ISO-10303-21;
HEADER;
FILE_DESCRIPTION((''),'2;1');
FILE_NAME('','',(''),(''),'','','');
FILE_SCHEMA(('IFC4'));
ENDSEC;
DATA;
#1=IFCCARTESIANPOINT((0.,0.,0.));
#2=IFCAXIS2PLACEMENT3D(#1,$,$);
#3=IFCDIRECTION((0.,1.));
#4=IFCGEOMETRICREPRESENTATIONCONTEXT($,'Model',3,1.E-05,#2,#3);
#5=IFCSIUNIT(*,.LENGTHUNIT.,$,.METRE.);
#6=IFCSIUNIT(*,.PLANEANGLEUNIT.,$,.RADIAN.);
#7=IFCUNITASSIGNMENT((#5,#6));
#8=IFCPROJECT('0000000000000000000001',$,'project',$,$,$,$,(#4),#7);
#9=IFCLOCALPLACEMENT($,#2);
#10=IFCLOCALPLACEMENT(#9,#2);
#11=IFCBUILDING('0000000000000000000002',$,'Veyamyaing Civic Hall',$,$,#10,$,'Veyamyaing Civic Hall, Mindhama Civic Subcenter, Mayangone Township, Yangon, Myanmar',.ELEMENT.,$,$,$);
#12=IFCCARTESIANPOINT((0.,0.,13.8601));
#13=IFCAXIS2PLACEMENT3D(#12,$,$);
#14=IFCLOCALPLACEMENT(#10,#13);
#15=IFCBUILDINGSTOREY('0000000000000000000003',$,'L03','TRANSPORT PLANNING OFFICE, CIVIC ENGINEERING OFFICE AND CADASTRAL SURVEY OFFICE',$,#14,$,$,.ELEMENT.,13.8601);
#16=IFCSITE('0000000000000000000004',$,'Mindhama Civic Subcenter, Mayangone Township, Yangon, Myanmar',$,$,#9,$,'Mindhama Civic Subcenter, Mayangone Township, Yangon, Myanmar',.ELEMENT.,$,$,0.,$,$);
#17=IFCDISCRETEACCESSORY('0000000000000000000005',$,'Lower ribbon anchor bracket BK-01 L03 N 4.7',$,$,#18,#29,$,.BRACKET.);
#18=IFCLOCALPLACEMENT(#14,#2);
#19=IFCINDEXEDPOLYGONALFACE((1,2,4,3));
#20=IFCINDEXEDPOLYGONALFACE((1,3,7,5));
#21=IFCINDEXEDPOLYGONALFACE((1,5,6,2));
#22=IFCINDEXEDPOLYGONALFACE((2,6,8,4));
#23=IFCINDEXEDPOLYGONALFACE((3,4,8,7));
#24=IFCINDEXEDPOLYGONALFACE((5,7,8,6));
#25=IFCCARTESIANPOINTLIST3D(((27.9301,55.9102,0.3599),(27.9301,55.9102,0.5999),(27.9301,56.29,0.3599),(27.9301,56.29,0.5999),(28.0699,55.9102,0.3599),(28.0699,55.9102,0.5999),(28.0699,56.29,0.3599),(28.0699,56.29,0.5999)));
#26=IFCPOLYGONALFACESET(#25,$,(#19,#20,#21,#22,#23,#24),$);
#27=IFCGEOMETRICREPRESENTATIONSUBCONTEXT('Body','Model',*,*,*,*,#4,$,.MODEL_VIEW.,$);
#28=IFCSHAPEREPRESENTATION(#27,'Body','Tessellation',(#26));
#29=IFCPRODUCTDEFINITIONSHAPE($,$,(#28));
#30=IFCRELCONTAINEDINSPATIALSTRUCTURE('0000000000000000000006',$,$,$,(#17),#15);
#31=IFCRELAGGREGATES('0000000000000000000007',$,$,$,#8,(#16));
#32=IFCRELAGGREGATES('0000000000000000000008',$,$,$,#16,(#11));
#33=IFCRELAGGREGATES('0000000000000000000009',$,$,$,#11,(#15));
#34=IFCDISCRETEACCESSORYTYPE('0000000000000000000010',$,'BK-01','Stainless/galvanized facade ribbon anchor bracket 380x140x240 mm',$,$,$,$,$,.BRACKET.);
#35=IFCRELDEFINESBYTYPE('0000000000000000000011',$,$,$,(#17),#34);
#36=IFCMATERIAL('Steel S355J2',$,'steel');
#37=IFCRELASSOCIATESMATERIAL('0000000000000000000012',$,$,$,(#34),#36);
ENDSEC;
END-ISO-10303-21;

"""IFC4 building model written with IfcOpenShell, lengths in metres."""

from ifc_helpers import new_model, si_unit, direction, frame, origin, origin_2d, place, context, subcontext, project, spatial, rectangle, extrude, material, type_object, element, save


model = new_model("IFC4")

# Units and contexts
model_context = context("Model", 3, precision=1e-05, world=origin(), true_north=direction((0.0, 1.0)))
body_context = subcontext(model_context, "Body", "Model", "MODEL_VIEW")
ifc_project = project(units=[si_unit("LENGTHUNIT", "METRE"), si_unit("PLANEANGLEUNIT", "RADIAN")], contexts=[model_context])

# Site, building, storey
site_placement = place(None, origin())
site = spatial("IfcSite", under=ifc_project, at=site_placement, Name="Mindhama Civic Subcenter, Mayangone Township, Yangon, Myanmar", LongName="Mindhama Civic Subcenter, Mayangone Township, Yangon, Myanmar", CompositionType="ELEMENT", RefElevation=0.0)
building_placement = place(site_placement, origin())
building = spatial("IfcBuilding", under=site, at=building_placement, Name="Veyamyaing Civic Hall", LongName="Veyamyaing Civic Hall, Mindhama Civic Subcenter, Mayangone Township, Yangon, Myanmar", CompositionType="ELEMENT")
storey_placement = place(building_placement, frame((0.0, 0.0, 13.8601)))
storey = spatial("IfcBuildingStorey", under=building, at=storey_placement, Name="L03", Description="TRANSPORT PLANNING OFFICE, CIVIC ENGINEERING OFFICE AND CADASTRAL SURVEY OFFICE", CompositionType="ELEMENT", Elevation=13.8601)

# Discrete accessory
ifc_material_1 = material(Name="Steel S355J2", Category="steel")
discrete_accessory_type = type_object("IfcDiscreteAccessoryType", Name="BK-01", Description="Stainless/galvanized facade ribbon anchor bracket 380x140x240 mm", PredefinedType="BRACKET", material=ifc_material_1)
for number, where, z_axis, x_axis, name in (
    (1, (28.0, 56.1001, 0.3599), (0.0, 0.0, 1.0), (0.0, 1.0, 0.0), "Lower ribbon anchor bracket BK-01 L03 N 4.7"),
):
    element("IfcDiscreteAccessory", number, at=place(storey_placement, frame(where, z_axis=z_axis, x_axis=x_axis)), inside=storey, type_object=discrete_accessory_type, Name=name, PredefinedType="BRACKET", context=body_context, shape_type="SweptSolid", body=[
        extrude(rectangle(XDim=0.3799, YDim=0.1399, at=origin_2d()), origin(), (0.0, 0.0, 1.0), 0.24),
    ])

save(model, "model.ifc")
